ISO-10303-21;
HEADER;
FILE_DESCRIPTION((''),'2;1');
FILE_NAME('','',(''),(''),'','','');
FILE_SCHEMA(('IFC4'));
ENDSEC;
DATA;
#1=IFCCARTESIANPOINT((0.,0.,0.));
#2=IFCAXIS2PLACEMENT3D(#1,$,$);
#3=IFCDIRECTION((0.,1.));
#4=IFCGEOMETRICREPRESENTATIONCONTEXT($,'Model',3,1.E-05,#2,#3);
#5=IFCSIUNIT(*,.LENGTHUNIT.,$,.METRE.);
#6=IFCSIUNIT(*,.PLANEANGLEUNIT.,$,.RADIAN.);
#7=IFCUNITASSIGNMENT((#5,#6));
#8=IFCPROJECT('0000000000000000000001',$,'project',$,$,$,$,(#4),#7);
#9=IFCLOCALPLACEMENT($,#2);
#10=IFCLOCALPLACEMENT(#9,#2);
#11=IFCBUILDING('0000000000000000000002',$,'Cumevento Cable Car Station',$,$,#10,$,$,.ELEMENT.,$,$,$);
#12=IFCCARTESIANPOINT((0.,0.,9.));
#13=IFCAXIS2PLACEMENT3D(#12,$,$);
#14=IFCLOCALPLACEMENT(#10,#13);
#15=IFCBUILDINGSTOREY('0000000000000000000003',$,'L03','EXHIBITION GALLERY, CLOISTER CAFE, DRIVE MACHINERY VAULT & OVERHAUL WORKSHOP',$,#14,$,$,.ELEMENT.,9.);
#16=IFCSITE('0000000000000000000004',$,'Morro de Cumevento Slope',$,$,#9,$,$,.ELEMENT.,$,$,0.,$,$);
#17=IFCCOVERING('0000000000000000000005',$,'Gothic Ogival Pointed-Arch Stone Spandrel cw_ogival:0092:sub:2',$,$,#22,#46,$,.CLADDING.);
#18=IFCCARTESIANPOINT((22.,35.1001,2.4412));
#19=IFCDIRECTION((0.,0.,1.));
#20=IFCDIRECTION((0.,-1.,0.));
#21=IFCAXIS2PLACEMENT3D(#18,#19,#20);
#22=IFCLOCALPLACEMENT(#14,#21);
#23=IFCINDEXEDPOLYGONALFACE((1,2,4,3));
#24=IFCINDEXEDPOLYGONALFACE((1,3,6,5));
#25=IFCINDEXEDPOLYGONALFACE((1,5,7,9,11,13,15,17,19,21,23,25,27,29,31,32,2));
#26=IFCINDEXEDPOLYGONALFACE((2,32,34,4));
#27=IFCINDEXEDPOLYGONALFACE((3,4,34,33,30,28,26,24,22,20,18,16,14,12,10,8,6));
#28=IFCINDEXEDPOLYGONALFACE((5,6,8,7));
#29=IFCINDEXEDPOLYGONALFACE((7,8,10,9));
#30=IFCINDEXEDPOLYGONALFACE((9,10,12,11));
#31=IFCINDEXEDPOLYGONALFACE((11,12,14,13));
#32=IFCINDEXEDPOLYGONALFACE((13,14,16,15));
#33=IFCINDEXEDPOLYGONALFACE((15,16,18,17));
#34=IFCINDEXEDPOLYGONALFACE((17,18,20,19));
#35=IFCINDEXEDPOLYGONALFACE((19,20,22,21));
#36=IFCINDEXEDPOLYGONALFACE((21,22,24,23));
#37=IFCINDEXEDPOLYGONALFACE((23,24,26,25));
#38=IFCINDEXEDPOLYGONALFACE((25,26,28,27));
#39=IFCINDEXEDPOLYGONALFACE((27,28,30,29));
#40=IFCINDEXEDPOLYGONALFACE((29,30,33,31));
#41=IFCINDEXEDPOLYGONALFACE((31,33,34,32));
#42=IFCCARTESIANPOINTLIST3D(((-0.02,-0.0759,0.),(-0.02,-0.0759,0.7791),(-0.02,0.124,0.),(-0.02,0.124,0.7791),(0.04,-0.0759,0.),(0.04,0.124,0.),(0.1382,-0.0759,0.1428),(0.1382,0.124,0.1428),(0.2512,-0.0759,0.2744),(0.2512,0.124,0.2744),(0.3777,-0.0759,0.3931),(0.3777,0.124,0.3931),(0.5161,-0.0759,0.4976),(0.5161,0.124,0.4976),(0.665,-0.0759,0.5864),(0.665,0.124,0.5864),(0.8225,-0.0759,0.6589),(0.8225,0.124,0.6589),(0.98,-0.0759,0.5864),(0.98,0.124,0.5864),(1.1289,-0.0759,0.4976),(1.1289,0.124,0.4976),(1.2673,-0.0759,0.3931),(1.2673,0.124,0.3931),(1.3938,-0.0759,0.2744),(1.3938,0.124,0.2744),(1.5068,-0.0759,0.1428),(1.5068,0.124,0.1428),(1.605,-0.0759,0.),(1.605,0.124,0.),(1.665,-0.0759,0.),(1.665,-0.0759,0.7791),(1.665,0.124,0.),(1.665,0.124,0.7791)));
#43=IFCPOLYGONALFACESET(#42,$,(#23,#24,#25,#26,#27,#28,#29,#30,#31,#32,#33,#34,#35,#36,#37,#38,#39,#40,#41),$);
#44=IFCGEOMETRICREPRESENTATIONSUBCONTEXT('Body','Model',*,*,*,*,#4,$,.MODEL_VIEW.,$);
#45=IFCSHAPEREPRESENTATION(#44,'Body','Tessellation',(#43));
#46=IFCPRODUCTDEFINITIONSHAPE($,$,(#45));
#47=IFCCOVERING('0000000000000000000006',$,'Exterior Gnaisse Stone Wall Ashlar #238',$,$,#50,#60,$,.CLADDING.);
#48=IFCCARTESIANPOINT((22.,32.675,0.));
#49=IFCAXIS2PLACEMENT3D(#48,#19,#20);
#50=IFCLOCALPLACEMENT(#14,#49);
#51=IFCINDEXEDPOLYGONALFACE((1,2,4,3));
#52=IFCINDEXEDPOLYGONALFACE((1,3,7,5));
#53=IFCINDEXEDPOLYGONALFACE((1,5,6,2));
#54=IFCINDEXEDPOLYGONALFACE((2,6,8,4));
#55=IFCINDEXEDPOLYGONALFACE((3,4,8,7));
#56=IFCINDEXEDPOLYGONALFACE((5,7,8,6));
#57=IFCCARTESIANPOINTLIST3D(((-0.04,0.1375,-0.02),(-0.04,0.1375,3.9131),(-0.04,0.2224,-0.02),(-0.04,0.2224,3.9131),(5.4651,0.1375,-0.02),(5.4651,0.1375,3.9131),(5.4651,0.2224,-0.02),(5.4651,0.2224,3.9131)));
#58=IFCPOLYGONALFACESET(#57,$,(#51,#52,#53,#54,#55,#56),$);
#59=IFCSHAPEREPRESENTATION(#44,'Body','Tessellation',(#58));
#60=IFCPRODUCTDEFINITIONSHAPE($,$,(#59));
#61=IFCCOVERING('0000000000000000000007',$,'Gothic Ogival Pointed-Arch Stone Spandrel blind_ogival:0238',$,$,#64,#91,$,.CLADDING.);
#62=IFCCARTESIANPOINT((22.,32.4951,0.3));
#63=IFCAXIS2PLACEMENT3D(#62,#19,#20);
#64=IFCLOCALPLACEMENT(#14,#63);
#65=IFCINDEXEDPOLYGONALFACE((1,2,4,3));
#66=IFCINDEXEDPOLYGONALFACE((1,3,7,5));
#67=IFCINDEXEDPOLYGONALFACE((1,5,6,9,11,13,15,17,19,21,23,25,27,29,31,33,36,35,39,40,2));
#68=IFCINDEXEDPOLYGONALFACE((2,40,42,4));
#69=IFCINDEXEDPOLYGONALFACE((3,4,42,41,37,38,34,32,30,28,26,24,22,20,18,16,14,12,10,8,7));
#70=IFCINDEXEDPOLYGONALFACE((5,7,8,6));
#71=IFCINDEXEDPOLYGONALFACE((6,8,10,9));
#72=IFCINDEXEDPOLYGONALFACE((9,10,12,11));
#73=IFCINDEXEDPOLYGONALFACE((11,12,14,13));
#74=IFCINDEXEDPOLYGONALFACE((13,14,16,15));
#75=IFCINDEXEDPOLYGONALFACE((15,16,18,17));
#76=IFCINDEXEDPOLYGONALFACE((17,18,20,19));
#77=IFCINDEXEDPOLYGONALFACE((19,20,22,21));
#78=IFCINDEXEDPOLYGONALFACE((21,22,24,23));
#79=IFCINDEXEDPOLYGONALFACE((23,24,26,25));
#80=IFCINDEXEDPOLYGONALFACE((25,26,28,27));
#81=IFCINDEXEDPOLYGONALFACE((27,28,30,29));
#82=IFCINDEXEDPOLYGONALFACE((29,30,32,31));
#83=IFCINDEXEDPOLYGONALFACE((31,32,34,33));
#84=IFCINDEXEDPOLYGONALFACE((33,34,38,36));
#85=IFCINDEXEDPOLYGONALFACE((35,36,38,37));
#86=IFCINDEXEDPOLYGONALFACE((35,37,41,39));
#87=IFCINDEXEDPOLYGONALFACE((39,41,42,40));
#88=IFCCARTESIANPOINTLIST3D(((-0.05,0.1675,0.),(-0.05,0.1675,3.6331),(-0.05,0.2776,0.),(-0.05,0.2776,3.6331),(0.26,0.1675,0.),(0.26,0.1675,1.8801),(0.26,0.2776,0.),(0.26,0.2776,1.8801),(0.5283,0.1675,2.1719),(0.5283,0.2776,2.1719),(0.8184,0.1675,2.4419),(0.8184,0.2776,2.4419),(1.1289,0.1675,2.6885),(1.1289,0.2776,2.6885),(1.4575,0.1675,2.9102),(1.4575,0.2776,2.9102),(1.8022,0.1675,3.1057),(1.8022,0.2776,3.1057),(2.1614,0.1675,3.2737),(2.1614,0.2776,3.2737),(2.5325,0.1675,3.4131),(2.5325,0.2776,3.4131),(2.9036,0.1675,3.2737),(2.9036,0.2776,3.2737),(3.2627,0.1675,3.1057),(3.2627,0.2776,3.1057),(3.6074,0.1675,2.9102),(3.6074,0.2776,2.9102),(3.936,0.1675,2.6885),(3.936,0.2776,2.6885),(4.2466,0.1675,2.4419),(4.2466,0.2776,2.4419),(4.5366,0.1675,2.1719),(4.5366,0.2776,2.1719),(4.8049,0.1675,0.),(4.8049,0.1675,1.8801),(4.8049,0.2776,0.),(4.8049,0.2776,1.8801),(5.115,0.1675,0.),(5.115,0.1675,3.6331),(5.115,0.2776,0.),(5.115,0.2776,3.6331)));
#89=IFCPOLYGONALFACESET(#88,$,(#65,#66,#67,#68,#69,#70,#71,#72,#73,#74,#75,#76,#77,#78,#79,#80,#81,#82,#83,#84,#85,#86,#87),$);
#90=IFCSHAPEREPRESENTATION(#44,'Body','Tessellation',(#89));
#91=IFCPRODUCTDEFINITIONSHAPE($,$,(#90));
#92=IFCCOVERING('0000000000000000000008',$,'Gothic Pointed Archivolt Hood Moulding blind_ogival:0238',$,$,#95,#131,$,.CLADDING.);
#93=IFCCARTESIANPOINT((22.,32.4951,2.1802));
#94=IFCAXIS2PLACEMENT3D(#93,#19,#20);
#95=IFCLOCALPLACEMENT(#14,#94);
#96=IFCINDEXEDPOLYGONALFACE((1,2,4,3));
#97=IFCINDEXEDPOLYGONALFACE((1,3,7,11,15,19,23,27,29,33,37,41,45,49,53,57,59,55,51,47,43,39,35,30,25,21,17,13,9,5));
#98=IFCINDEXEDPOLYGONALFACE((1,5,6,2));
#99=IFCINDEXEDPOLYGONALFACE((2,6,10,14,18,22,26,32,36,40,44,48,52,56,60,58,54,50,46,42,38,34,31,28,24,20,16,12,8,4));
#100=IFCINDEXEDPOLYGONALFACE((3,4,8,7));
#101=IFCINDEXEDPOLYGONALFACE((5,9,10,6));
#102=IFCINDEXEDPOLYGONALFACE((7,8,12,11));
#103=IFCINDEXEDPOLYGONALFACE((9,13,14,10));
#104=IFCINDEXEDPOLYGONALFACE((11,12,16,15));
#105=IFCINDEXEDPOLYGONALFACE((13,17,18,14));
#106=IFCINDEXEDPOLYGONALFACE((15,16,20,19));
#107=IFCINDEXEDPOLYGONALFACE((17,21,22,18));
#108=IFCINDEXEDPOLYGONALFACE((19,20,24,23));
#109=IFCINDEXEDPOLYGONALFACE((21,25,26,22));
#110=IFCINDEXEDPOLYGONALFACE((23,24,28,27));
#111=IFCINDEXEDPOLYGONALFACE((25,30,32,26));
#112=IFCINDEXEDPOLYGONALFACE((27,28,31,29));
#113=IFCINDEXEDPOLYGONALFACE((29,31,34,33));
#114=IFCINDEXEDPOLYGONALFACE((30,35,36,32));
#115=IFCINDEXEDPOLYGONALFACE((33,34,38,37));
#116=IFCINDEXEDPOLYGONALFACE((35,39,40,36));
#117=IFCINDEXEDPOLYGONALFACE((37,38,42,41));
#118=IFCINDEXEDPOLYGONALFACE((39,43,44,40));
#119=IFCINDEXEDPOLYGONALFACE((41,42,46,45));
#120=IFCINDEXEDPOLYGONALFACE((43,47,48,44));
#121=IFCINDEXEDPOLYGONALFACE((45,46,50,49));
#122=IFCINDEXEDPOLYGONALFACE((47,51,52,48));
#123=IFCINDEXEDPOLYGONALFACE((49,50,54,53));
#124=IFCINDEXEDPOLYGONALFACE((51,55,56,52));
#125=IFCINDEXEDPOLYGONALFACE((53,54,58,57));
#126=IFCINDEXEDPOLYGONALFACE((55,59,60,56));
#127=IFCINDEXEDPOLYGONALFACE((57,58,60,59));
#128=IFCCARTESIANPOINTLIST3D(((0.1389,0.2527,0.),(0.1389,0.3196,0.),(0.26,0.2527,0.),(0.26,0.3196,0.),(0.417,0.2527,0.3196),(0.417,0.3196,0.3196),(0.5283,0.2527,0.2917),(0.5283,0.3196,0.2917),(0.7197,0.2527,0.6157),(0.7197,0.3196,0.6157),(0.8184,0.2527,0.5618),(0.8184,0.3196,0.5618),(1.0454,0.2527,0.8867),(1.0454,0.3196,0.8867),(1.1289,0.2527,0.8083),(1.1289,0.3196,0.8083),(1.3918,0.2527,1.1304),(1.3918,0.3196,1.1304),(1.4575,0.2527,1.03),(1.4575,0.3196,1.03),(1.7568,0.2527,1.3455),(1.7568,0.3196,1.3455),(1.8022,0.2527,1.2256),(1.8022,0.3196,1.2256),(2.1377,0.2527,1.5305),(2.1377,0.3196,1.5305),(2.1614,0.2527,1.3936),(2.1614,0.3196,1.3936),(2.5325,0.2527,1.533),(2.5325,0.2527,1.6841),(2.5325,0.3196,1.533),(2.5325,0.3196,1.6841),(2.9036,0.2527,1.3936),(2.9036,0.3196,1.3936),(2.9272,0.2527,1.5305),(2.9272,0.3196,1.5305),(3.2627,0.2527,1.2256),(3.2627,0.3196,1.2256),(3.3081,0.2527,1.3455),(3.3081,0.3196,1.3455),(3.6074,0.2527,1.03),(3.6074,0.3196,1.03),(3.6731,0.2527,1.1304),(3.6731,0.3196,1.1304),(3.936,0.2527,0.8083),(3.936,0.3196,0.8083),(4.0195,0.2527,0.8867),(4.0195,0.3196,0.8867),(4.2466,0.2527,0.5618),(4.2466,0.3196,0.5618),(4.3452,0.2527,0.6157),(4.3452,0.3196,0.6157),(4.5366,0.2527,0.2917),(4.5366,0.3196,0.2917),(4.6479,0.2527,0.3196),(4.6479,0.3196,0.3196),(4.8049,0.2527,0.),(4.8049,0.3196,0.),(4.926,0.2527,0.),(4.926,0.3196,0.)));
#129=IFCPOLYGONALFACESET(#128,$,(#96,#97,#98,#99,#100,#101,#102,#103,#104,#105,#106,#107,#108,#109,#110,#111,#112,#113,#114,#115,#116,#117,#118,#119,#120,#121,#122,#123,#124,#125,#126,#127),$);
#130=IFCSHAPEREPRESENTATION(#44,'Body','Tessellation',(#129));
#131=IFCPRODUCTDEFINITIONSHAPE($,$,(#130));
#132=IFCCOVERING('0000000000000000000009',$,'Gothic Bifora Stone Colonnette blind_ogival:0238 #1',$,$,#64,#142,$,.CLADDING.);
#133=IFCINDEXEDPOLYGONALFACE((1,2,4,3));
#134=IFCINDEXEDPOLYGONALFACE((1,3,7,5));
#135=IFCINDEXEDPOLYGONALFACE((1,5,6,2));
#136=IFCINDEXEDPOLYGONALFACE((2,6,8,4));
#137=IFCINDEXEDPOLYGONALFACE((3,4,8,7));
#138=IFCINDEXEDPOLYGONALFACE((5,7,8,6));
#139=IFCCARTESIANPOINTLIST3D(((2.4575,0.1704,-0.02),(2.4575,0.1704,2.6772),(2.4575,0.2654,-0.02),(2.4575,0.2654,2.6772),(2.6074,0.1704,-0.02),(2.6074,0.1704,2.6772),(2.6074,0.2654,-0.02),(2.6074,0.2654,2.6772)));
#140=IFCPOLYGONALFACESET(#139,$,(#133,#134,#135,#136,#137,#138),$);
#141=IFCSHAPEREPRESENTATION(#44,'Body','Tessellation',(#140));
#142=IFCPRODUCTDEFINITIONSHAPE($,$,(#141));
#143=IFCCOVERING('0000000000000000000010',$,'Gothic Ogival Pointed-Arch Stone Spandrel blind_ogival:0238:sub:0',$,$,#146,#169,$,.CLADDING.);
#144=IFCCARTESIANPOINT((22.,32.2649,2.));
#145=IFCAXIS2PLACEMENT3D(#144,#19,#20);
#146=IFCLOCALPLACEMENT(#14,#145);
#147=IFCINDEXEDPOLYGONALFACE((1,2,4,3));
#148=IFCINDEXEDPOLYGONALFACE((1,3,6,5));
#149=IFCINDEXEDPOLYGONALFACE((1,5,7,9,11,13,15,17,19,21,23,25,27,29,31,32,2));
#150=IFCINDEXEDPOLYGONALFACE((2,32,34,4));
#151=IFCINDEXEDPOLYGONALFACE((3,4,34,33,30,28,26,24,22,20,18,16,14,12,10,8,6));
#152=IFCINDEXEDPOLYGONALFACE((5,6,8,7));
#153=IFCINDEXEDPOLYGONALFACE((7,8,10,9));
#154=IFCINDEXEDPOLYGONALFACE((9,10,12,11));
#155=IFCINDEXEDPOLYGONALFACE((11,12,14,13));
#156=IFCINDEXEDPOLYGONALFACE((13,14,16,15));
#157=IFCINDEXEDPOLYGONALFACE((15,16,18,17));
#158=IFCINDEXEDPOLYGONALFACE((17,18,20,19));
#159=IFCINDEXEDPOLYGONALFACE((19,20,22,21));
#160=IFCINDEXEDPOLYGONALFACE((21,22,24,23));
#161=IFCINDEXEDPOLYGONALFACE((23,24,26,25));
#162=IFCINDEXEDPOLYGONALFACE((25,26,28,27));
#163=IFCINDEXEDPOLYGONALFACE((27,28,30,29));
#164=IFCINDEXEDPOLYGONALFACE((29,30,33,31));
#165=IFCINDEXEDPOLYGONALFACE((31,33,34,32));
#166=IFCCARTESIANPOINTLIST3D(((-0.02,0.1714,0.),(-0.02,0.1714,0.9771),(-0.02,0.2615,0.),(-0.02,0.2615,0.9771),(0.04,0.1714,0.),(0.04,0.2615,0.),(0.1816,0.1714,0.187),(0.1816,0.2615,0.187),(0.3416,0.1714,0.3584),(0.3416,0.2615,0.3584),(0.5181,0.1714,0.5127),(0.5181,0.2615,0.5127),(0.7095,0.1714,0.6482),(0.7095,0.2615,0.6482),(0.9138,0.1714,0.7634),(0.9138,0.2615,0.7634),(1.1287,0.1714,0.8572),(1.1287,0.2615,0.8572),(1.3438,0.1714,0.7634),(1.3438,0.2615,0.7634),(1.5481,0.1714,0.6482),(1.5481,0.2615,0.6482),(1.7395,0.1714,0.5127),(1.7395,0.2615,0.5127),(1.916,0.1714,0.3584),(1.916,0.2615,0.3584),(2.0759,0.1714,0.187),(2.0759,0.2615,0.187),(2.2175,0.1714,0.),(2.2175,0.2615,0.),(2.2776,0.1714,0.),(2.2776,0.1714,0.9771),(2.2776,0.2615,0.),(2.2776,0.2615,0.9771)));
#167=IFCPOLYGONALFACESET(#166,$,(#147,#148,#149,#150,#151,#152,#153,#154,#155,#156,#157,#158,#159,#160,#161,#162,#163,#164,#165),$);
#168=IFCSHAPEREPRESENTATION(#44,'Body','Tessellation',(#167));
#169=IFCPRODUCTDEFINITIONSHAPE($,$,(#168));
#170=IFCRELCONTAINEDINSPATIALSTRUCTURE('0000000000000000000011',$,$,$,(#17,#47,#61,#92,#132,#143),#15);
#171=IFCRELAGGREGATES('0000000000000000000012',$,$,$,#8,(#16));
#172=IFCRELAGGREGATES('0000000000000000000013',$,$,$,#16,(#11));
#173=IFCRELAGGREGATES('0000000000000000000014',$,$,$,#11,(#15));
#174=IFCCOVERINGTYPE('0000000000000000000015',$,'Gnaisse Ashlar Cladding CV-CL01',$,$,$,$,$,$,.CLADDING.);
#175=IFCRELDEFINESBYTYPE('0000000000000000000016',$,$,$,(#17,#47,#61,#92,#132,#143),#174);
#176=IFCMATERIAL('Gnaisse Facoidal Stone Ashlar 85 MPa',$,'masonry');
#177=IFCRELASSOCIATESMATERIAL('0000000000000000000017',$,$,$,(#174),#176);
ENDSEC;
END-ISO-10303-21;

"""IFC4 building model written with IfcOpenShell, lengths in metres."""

from ifc_helpers import new_model, si_unit, direction, frame, origin, place, context, subcontext, project, spatial, polyline, outline, extrude, material, type_object, element, save


model = new_model("IFC4")

# Units and contexts
model_context = context("Model", 3, precision=1e-05, world=origin(), true_north=direction((0.0, 1.0)))
body_context = subcontext(model_context, "Body", "Model", "MODEL_VIEW")
ifc_project = project(units=[si_unit("LENGTHUNIT", "METRE"), si_unit("PLANEANGLEUNIT", "RADIAN")], contexts=[model_context])

# Site, building, storey
site_placement = place(None, origin())
site = spatial("IfcSite", under=ifc_project, at=site_placement, Name="Morro de Cumevento Slope", CompositionType="ELEMENT", RefElevation=0.0)
building_placement = place(site_placement, origin())
building = spatial("IfcBuilding", under=site, at=building_placement, Name="Cumevento Cable Car Station", CompositionType="ELEMENT")
storey_placement = place(building_placement, frame((0.0, 0.0, 9.0)))
storey = spatial("IfcBuildingStorey", under=building, at=storey_placement, Name="L03", Description="EXHIBITION GALLERY, CLOISTER CAFE, DRIVE MACHINERY VAULT & OVERHAUL WORKSHOP", CompositionType="ELEMENT", Elevation=9.0)

# Coverings
ifc_material_1 = material(Name="Gnaisse Facoidal Stone Ashlar 85 MPa", Category="masonry")
covering_type = type_object("IfcCoveringType", Name="Gnaisse Ashlar Cladding CV-CL01", PredefinedType="CLADDING", material=ifc_material_1)
covering_1_placement = place(storey_placement, frame((22.0, 35.1001, 2.4412), z_axis=(0.0, 0.0, 1.0), x_axis=(0.0, -1.0, 0.0)))
element("IfcCovering", 1, at=covering_1_placement, inside=storey, type_object=covering_type, Name="Gothic Ogival Pointed-Arch Stone Spandrel cw_ogival:0092:sub:2", PredefinedType="CLADDING", context=body_context, shape_type="SweptSolid", body=[
    extrude(outline(polyline([(-0.02, 0.0), (-0.02, 0.7791), (1.665, 0.7791), (1.665, 0.0), (1.605, 0.0), (1.5068, 0.1428), (1.3938, 0.2744), (1.2673, 0.3931), (1.1289, 0.4976), (0.98, 0.5864), (0.8225, 0.6589), (0.665, 0.5864), (0.5161, 0.4976), (0.3777, 0.3931), (0.2512, 0.2744), (0.1382, 0.1428), (0.04, 0.0), (-0.02, 0.0)])), frame((0.0, 0.124, 0.0), z_axis=(0.0, -1.0, 0.0), x_axis=(1.0, 0.0, 0.0)), (0.0, 0.0, 1.0), 0.2),
])
covering_2_placement = place(storey_placement, frame((22.0, 32.675, 0.0), z_axis=(0.0, 0.0, 1.0), x_axis=(0.0, -1.0, 0.0)))
element("IfcCovering", 2, at=covering_2_placement, inside=storey, type_object=covering_type, Name="Exterior Gnaisse Stone Wall Ashlar #238", PredefinedType="CLADDING", context=body_context, shape_type="SweptSolid", body=[
    extrude(outline(polyline([(-0.04, -0.02), (5.4651, -0.02), (5.4651, 3.9131), (-0.04, 3.9131), (-0.04, -0.02)])), frame((0.0, 0.2224, 0.0), z_axis=(0.0, -1.0, 0.0), x_axis=(1.0, 0.0, 0.0)), (0.0, 0.0, 1.0), 0.085),
])
placement = place(storey_placement, frame((22.0, 32.4951, 0.3), z_axis=(0.0, 0.0, 1.0), x_axis=(0.0, -1.0, 0.0)))
element("IfcCovering", 3, at=placement, inside=storey, type_object=covering_type, Name="Gothic Ogival Pointed-Arch Stone Spandrel blind_ogival:0238", PredefinedType="CLADDING", context=body_context, shape_type="SweptSolid", body=[
    extrude(outline(polyline([(-0.05, 0.0), (-0.05, 3.6331), (5.115, 3.6331), (5.115, 0.0), (4.8049, 0.0), (4.8049, 1.8801), (4.5366, 2.1719), (4.2466, 2.4419), (3.936, 2.6885), (3.6074, 2.9102), (3.2627, 3.1057), (2.9036, 3.2737), (2.5325, 3.4131), (2.1614, 3.2737), (1.8022, 3.1057), (1.4575, 2.9102), (1.1289, 2.6885), (0.8184, 2.4419), (0.5283, 2.1719), (0.26, 1.8801), (0.26, 0.0), (-0.05, 0.0)])), frame((0.0, 0.2776, 0.0), z_axis=(0.0, -1.0, 0.0), x_axis=(1.0, 0.0, 0.0)), (0.0, 0.0, 1.0), 0.1101),
])
covering_3_placement = place(storey_placement, frame((22.0, 32.4951, 2.1802), z_axis=(0.0, 0.0, 1.0), x_axis=(0.0, -1.0, 0.0)))
element("IfcCovering", 4, at=covering_3_placement, inside=storey, type_object=covering_type, Name="Gothic Pointed Archivolt Hood Moulding blind_ogival:0238", PredefinedType="CLADDING", context=body_context, shape_type="SweptSolid", body=[
    extrude(outline(polyline([(0.26, 0.0), (0.5283, 0.2917), (0.8184, 0.5618), (1.1289, 0.8083), (1.4575, 1.03), (1.8022, 1.2256), (2.1614, 1.3936), (2.5325, 1.533), (2.9036, 1.3936), (3.2627, 1.2256), (3.6074, 1.03), (3.936, 0.8083), (4.2466, 0.5618), (4.5366, 0.2917), (4.8049, 0.0), (4.926, 0.0), (4.6479, 0.3196), (4.3452, 0.6157), (4.0195, 0.8867), (3.6731, 1.1304), (3.3081, 1.3455), (2.9272, 1.5305), (2.5325, 1.6841), (2.1377, 1.5305), (1.7568, 1.3455), (1.3918, 1.1304), (1.0454, 0.8867), (0.7197, 0.6157), (0.417, 0.3196), (0.1389, 0.0), (0.26, 0.0)])), frame((0.0, 0.3196, 0.0), z_axis=(0.0, -1.0, 0.0), x_axis=(1.0, 0.0, 0.0)), (0.0, 0.0, 1.0), 0.0669),
])
element("IfcCovering", 5, at=placement, inside=storey, type_object=covering_type, Name="Gothic Bifora Stone Colonnette blind_ogival:0238 #1", PredefinedType="CLADDING", context=body_context, shape_type="SweptSolid", body=[
    extrude(outline(polyline([(2.4575, -0.02), (2.6074, -0.02), (2.6074, 2.6772), (2.4575, 2.6772), (2.4575, -0.02)])), frame((0.0, 0.2654, 0.0), z_axis=(0.0, -1.0, 0.0), x_axis=(1.0, 0.0, 0.0)), (0.0, 0.0, 1.0), 0.095),
])
covering_4_placement = place(storey_placement, frame((22.0, 32.2649, 2.0), z_axis=(0.0, 0.0, 1.0), x_axis=(0.0, -1.0, 0.0)))
element("IfcCovering", 6, at=covering_4_placement, inside=storey, type_object=covering_type, Name="Gothic Ogival Pointed-Arch Stone Spandrel blind_ogival:0238:sub:0", PredefinedType="CLADDING", context=body_context, shape_type="SweptSolid", body=[
    extrude(outline(polyline([(-0.02, 0.0), (-0.02, 0.9771), (2.2776, 0.9771), (2.2776, 0.0), (2.2175, 0.0), (2.0759, 0.187), (1.916, 0.3584), (1.7395, 0.5127), (1.5481, 0.6482), (1.3438, 0.7634), (1.1287, 0.8572), (0.9138, 0.7634), (0.7095, 0.6482), (0.5181, 0.5127), (0.3416, 0.3584), (0.1816, 0.187), (0.04, 0.0), (-0.02, 0.0)])), frame((0.0, 0.2615, 0.0), z_axis=(0.0, -1.0, 0.0), x_axis=(1.0, 0.0, 0.0)), (0.0, 0.0, 1.0), 0.0901),
])

save(model, "model.ifc")
